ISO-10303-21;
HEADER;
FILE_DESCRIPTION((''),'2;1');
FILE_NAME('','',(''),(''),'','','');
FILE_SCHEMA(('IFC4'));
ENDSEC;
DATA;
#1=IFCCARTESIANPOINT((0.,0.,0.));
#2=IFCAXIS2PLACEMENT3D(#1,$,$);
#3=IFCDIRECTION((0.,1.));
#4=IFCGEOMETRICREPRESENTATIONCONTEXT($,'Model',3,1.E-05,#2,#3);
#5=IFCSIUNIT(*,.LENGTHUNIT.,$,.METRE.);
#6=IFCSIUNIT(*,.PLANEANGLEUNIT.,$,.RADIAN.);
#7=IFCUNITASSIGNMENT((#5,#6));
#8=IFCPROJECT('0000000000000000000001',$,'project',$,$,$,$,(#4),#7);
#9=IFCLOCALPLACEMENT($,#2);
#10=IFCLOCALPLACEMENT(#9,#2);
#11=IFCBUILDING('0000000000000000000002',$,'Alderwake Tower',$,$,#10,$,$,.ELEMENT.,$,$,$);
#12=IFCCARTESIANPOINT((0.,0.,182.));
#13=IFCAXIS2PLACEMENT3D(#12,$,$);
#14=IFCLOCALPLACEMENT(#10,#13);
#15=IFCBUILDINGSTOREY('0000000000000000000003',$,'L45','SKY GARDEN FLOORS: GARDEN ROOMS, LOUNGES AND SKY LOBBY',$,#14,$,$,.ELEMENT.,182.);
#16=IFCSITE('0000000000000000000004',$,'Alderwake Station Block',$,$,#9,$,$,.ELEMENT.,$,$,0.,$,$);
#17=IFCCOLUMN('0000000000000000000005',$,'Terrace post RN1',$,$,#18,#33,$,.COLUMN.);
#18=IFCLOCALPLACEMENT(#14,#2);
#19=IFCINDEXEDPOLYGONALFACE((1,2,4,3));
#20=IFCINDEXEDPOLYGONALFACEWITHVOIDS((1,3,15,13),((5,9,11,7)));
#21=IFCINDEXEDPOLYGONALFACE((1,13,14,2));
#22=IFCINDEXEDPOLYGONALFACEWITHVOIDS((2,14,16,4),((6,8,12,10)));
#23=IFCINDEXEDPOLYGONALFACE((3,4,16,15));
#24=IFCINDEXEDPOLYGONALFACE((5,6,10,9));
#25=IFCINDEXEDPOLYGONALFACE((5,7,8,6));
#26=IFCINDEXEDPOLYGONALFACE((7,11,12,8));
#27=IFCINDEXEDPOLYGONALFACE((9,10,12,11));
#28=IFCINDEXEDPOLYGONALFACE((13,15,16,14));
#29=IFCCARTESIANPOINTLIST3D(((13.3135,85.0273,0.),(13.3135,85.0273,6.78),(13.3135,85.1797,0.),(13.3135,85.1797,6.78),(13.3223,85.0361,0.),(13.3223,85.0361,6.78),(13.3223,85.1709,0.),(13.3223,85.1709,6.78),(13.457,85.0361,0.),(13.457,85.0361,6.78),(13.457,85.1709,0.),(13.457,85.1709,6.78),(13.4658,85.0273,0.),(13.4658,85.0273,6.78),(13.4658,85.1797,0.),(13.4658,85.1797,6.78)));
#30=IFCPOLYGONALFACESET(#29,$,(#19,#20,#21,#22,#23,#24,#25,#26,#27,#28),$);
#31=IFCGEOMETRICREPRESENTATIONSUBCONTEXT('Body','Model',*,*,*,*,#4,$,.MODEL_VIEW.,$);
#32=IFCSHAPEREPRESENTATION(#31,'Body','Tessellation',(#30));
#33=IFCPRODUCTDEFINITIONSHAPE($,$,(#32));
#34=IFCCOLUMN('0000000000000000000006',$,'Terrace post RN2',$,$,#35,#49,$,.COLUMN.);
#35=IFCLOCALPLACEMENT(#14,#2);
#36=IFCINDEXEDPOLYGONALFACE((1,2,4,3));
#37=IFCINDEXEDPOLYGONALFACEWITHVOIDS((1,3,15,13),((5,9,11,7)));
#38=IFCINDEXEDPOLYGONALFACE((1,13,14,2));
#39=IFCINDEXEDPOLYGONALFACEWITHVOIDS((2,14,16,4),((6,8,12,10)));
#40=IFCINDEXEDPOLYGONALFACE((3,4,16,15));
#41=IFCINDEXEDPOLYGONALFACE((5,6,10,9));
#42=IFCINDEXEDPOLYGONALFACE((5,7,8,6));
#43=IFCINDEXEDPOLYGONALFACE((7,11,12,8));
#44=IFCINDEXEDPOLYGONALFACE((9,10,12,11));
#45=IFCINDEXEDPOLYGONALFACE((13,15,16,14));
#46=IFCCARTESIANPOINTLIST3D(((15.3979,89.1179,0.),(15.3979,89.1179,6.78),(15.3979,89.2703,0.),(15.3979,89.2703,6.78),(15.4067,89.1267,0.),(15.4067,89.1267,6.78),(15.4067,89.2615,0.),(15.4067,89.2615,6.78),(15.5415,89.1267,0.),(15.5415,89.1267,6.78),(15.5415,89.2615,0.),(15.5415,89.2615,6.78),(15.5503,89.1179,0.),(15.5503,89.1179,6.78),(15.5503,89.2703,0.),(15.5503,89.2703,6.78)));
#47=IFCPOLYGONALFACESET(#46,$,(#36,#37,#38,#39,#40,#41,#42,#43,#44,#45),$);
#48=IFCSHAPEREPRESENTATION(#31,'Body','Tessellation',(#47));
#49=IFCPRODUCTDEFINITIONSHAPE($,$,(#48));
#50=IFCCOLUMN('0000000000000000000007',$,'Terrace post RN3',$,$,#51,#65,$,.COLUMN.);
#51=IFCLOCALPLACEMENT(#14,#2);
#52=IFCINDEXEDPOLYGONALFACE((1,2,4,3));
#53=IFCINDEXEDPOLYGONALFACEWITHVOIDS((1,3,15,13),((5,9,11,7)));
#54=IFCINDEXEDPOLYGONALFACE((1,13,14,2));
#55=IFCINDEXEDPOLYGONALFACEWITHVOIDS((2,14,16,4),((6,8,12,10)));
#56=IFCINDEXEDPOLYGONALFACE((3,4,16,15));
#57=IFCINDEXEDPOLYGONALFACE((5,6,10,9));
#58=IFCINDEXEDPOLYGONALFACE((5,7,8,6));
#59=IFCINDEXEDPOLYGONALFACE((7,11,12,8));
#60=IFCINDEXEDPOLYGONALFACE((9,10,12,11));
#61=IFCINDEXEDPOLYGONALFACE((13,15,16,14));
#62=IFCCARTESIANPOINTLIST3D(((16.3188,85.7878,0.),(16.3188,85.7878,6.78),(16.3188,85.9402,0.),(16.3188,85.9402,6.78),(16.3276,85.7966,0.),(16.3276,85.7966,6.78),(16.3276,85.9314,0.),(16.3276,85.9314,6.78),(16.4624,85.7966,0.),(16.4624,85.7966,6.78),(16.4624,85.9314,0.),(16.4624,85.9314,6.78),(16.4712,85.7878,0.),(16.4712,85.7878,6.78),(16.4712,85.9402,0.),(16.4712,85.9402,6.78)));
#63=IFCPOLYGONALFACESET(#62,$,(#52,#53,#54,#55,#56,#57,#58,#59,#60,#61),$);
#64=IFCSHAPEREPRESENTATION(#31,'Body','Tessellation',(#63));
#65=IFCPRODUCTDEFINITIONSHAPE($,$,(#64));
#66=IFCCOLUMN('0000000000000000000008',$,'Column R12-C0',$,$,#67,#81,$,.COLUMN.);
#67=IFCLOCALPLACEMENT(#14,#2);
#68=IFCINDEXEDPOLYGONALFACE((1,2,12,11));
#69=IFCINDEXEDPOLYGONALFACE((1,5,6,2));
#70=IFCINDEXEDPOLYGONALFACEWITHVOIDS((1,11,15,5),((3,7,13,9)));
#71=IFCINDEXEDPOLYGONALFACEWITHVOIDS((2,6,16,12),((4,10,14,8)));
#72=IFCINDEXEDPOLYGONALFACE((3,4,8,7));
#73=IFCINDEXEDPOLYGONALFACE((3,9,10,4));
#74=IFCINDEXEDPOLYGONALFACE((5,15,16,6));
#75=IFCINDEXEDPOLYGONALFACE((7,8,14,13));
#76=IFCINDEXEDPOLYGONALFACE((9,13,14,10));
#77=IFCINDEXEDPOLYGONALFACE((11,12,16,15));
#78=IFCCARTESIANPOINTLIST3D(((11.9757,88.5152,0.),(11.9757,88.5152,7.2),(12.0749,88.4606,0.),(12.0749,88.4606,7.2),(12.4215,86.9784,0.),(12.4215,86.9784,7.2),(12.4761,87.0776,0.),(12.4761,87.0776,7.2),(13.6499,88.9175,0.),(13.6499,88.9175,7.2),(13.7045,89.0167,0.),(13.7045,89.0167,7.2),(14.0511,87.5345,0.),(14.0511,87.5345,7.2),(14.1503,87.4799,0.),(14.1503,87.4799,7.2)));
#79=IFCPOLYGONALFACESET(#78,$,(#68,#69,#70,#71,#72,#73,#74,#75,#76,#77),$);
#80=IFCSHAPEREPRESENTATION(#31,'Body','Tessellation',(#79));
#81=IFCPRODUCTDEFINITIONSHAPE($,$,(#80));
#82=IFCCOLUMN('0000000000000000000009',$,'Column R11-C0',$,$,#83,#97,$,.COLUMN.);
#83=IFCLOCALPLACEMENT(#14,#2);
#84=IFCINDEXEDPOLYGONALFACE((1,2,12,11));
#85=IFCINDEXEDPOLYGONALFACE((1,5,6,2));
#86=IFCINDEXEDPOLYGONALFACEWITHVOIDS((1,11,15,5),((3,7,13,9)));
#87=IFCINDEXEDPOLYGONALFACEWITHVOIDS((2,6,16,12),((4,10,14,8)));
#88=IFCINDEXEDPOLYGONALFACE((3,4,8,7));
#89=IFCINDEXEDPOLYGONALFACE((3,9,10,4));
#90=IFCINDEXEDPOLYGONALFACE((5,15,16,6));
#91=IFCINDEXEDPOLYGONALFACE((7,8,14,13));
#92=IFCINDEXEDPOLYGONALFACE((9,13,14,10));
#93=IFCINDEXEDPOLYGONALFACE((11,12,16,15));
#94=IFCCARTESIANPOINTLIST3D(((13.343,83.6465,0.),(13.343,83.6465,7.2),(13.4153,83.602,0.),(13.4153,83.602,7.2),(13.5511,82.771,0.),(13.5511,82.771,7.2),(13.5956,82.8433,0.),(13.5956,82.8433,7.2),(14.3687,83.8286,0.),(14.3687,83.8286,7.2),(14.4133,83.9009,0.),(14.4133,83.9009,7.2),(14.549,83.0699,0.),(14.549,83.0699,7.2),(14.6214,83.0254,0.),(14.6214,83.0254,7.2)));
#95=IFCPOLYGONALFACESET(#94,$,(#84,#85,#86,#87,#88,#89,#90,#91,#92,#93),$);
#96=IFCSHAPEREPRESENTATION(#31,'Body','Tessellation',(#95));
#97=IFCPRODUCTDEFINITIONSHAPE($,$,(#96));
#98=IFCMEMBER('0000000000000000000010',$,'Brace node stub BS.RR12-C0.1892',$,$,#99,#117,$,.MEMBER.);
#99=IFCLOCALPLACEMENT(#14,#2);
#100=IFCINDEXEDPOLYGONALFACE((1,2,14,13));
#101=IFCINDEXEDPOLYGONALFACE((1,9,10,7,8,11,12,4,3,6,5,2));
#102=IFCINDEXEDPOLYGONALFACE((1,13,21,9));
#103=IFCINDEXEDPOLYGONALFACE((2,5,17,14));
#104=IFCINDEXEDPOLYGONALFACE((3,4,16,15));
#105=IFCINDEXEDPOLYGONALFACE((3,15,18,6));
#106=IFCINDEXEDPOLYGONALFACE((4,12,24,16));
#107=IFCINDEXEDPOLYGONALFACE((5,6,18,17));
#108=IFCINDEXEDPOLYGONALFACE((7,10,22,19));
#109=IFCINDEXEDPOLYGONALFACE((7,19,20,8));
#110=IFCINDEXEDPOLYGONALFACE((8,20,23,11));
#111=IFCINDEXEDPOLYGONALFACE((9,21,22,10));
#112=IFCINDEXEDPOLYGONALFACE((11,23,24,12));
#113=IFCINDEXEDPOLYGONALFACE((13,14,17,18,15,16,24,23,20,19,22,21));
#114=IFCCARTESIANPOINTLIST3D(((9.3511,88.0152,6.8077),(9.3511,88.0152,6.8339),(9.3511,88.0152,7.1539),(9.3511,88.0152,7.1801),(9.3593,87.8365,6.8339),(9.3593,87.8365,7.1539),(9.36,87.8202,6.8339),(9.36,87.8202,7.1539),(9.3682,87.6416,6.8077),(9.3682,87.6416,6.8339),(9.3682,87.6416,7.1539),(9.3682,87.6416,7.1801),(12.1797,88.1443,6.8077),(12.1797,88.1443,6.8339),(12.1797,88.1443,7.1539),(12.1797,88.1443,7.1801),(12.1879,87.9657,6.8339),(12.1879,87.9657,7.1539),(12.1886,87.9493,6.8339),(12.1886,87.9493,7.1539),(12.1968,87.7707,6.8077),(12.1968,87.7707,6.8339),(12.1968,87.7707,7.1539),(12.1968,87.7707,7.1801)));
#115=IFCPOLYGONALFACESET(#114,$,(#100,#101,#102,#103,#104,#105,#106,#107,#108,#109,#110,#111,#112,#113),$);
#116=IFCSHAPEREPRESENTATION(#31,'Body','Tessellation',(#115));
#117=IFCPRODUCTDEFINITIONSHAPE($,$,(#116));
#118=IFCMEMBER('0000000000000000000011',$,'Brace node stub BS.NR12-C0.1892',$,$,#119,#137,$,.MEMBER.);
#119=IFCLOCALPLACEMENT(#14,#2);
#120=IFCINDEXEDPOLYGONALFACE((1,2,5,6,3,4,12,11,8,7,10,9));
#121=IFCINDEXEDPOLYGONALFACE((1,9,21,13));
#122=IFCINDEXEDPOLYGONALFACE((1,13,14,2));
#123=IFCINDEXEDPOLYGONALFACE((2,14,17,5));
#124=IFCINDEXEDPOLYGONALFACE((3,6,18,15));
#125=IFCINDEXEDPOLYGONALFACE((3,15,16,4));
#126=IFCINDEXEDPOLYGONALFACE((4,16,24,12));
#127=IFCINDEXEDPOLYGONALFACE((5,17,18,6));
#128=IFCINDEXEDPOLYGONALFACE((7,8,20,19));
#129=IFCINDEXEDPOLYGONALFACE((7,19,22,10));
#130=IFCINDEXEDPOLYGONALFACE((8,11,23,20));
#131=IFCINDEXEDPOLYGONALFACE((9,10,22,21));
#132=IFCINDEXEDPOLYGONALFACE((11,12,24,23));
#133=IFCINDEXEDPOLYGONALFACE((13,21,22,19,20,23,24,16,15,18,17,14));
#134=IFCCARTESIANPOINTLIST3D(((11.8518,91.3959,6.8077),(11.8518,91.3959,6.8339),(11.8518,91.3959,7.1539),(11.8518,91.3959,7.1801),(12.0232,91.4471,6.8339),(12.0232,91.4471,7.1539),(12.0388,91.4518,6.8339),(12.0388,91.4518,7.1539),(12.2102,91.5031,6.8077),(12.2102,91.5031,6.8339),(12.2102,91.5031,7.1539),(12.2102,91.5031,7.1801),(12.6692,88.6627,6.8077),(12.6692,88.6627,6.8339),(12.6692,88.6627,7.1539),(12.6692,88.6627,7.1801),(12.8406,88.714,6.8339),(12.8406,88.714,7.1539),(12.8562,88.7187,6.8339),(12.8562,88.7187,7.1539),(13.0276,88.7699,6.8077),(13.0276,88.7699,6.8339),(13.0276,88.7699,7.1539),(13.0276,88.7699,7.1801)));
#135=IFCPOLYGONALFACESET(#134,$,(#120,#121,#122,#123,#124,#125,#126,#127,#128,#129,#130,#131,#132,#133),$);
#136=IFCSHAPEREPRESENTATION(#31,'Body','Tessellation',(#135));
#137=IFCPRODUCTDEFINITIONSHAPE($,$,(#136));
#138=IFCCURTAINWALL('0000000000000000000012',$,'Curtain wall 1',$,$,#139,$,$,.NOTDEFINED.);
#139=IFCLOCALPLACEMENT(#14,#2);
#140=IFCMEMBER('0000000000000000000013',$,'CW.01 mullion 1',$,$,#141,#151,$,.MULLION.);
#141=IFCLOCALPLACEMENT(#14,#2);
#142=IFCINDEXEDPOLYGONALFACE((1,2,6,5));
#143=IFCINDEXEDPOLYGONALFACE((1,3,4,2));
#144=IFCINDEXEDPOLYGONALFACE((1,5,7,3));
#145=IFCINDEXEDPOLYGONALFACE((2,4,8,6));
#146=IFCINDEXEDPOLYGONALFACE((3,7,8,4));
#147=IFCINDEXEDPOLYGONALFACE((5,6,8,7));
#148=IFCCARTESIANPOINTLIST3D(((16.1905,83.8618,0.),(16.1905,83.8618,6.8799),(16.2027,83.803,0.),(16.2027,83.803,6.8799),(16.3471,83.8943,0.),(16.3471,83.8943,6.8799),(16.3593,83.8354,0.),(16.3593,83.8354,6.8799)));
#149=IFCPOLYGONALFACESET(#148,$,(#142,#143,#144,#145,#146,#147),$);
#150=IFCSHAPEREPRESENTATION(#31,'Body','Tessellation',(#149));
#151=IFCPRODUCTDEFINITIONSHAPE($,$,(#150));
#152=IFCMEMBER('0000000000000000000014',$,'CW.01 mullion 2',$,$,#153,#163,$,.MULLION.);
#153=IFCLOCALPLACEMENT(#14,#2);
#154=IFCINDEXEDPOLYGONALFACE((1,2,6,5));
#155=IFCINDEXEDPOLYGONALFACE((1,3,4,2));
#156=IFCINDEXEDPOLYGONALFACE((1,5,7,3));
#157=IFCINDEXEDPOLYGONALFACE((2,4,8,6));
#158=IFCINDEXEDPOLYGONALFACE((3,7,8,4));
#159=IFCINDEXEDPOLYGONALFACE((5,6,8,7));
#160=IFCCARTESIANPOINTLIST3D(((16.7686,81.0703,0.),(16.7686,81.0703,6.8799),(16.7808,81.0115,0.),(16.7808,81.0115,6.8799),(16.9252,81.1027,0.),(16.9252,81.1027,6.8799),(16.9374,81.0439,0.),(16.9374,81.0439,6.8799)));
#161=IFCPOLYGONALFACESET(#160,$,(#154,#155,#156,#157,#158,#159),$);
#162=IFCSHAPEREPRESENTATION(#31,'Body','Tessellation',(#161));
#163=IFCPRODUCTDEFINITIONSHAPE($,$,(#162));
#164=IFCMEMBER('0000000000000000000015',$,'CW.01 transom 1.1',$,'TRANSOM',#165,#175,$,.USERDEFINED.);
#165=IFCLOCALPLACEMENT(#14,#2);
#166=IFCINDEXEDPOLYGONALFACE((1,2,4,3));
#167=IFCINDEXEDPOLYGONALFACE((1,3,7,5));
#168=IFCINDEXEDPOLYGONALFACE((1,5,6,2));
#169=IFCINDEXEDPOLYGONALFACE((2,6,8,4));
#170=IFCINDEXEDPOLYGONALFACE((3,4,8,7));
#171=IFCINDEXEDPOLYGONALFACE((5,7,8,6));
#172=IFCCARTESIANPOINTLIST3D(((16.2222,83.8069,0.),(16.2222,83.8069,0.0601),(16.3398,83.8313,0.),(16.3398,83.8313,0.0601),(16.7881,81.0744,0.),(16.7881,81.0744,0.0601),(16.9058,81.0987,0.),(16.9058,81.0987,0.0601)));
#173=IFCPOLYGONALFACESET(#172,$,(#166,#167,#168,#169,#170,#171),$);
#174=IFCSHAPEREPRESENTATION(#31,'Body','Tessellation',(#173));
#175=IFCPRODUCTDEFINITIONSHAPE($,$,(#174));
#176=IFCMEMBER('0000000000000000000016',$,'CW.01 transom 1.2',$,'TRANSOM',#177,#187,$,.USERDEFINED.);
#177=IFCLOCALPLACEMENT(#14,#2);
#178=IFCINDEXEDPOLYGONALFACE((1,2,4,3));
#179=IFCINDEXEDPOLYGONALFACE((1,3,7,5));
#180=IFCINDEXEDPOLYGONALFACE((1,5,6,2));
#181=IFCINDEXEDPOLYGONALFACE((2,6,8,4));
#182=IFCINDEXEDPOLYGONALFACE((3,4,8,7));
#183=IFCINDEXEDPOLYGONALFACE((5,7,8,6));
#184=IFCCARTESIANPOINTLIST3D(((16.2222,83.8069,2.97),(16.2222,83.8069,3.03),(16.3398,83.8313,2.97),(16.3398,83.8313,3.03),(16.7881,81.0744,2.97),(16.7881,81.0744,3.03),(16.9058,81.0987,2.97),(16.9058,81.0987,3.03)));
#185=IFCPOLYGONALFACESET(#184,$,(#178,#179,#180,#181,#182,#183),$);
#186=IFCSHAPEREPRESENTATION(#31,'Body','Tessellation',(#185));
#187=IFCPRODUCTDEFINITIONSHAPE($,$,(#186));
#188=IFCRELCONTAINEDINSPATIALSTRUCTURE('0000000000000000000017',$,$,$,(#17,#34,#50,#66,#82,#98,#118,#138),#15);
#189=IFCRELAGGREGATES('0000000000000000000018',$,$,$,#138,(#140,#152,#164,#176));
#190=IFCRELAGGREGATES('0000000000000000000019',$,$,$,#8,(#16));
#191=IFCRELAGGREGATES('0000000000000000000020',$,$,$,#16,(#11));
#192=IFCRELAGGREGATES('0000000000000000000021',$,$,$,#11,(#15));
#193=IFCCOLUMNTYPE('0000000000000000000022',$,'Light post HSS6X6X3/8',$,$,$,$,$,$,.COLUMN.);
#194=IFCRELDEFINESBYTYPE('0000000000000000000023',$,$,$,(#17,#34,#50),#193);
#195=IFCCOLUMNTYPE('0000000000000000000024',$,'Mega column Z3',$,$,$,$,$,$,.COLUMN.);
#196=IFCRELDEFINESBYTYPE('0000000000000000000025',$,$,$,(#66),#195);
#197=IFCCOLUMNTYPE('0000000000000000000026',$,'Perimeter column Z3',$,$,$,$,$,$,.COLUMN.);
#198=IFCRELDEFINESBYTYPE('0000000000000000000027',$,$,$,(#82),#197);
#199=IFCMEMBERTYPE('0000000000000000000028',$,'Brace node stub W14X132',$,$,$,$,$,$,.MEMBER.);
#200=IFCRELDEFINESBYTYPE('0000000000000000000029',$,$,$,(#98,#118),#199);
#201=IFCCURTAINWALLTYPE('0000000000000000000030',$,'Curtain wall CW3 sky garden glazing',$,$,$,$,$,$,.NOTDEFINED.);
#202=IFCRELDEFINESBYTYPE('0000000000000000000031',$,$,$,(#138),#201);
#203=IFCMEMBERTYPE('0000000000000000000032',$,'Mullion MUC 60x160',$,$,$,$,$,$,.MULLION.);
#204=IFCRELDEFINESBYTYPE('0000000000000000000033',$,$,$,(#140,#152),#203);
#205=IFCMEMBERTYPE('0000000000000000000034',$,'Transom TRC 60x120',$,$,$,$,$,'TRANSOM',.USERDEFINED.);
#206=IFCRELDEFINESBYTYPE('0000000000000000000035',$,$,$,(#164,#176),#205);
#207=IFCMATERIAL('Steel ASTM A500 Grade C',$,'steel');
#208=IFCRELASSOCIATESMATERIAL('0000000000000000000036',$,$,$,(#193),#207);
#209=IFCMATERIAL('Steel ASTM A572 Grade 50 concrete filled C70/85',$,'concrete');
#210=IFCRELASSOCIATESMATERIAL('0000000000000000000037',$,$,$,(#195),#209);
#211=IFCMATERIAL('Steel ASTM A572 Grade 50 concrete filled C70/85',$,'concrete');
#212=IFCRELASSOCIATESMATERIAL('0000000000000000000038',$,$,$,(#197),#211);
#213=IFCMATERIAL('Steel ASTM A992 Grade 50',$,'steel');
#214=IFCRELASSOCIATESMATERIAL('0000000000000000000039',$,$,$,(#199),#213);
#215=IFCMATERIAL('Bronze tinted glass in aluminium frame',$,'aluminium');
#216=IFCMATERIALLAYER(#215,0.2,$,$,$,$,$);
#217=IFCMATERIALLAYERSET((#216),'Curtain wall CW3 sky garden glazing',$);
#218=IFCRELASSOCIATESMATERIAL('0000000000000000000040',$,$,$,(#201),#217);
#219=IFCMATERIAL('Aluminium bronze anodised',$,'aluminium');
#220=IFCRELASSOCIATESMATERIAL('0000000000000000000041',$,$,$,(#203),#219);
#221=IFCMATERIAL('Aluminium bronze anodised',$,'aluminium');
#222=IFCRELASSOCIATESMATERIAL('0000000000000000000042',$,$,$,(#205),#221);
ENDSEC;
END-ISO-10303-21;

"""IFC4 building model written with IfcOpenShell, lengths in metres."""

from ifc_helpers import new_model, si_unit, direction, frame, origin, origin_2d, place, context, subcontext, project, spatial, rectangle, hollow_rectangle, i_section, extrude, material, layer, layer_set, material_profile, profile_set, type_object, element, aggregate, save


model = new_model("IFC4")

# Units and contexts
model_context = context("Model", 3, precision=1e-05, world=origin(), true_north=direction((0.0, 1.0)))
body_context = subcontext(model_context, "Body", "Model", "MODEL_VIEW")
ifc_project = project(units=[si_unit("LENGTHUNIT", "METRE"), si_unit("PLANEANGLEUNIT", "RADIAN")], contexts=[model_context])

# Site, building, storey
site_placement = place(None, origin())
site = spatial("IfcSite", under=ifc_project, at=site_placement, Name="Alderwake Station Block", CompositionType="ELEMENT", RefElevation=0.0)
building_placement = place(site_placement, origin())
building = spatial("IfcBuilding", under=site, at=building_placement, Name="Alderwake Tower", CompositionType="ELEMENT")
storey_placement = place(building_placement, frame((0.0, 0.0, 182.0)))
storey = spatial("IfcBuildingStorey", under=building, at=storey_placement, Name="L45", Description="SKY GARDEN FLOORS: GARDEN ROOMS, LOUNGES AND SKY LOBBY", CompositionType="ELEMENT", Elevation=182.0)

# Columns
ifc_material_1 = material(Name="Steel ASTM A500 Grade C", Category="steel")
ifc_material_profile_1 = material_profile(ifc_material_1, hollow_rectangle(XDim=0.1523, YDim=0.1523, WallThickness=0.0088, at=origin_2d()), Name="HSS6X6X3/8")
ifc_profile_set_1 = profile_set([ifc_material_profile_1], Name="Steel ASTM A500 Grade C")
column_type_1 = type_object("IfcColumnType", Name="Light post HSS6X6X3/8", PredefinedType="COLUMN", material=ifc_profile_set_1)
for number, where, z_axis, x_axis, name in (
    (1, (13.3896, 85.1035, 0.0), (0.0, 0.0, 1.0), (1.0, 0.0, 0.0), "Terrace post RN1"),
    (2, (15.4741, 89.1941, 0.0), (0.0, 0.0, 1.0), (1.0, 0.0, 0.0), "Terrace post RN2"),
    (3, (16.395, 85.864, 0.0), (0.0, 0.0, 1.0), (1.0, 0.0, 0.0), "Terrace post RN3"),
):
    element("IfcColumn", number, at=place(storey_placement, frame(where, z_axis=z_axis, x_axis=x_axis)), inside=storey, type_object=column_type_1, Name=name, PredefinedType="COLUMN", context=body_context, shape_type="SweptSolid", body=[
        extrude(hollow_rectangle(XDim=0.1523, YDim=0.1523, WallThickness=0.0088, at=origin_2d()), origin(), (0.0, 0.0, 1.0), 6.78),
    ])
ifc_material_2 = material(Name="Steel ASTM A572 Grade 50 concrete filled C70/85", Category="concrete")
ifc_material_profile_2 = material_profile(ifc_material_2, hollow_rectangle(XDim=1.6001, YDim=1.8, WallThickness=0.0801, at=origin_2d()), Name="BOX 1800X1600X80")
ifc_profile_set_2 = profile_set([ifc_material_profile_2], Name="Steel ASTM A572 Grade 50 concrete filled C70/85")
column_type_2 = type_object("IfcColumnType", Name="Mega column Z3", PredefinedType="COLUMN", material=ifc_profile_set_2)
column_1_placement = place(storey_placement, frame((13.063, 87.9976, 0.0), z_axis=(0.0, 0.0, 1.0), x_axis=(-0.278612, 0.960404, 0.0)))
element("IfcColumn", 4, at=column_1_placement, inside=storey, type_object=column_type_2, Name="Column R12-C0", PredefinedType="COLUMN", context=body_context, shape_type="SweptSolid", body=[
    extrude(hollow_rectangle(XDim=1.6001, YDim=1.8, WallThickness=0.0801, at=origin_2d()), origin(), (0.0, 0.0, 1.0), 7.2),
])
ifc_material_3 = material(Name="Steel ASTM A572 Grade 50 concrete filled C70/85", Category="concrete")
ifc_material_profile_3 = material_profile(ifc_material_3, hollow_rectangle(XDim=0.8999, YDim=1.1001, WallThickness=0.0601, at=origin_2d()), Name="BOX 1100X900X60")
ifc_profile_set_3 = profile_set([ifc_material_profile_3], Name="Steel ASTM A572 Grade 50 concrete filled C70/85")
column_type_3 = type_object("IfcColumnType", Name="Perimeter column Z3", PredefinedType="COLUMN", material=ifc_profile_set_3)
column_2_placement = place(storey_placement, frame((13.9822, 83.3359, 0.0), z_axis=(0.0, 0.0, 1.0), x_axis=(-0.231222, 0.972901, 0.0)))
element("IfcColumn", 5, at=column_2_placement, inside=storey, type_object=column_type_3, Name="Column R11-C0", PredefinedType="COLUMN", context=body_context, shape_type="SweptSolid", body=[
    extrude(hollow_rectangle(XDim=0.8999, YDim=1.1001, WallThickness=0.0601, at=origin_2d()), origin(), (0.0, 0.0, 1.0), 7.2),
])

# Members
ifc_material_4 = material(Name="Steel ASTM A992 Grade 50", Category="steel")
ifc_material_profile_4 = material_profile(ifc_material_4, i_section(OverallWidth=0.374, OverallDepth=0.3723, WebThickness=0.0164, FlangeThickness=0.0261, at=origin_2d()), Name="W14X132")
ifc_profile_set_4 = profile_set([ifc_material_profile_4], Name="Steel ASTM A992 Grade 50")
member_type_1 = type_object("IfcMemberType", Name="Brace node stub W14X132", PredefinedType="MEMBER", material=ifc_profile_set_4)
member_1_placement = place(storey_placement, frame((12.1882, 87.9575, 6.9939), z_axis=(-0.998959, -0.045611, 0.0), x_axis=(0.045611, -0.998959, 0.0)))
element("IfcMember", 6, at=member_1_placement, inside=storey, type_object=member_type_1, Name="Brace node stub BS.RR12-C0.1892", PredefinedType="MEMBER", context=body_context, shape_type="SweptSolid", body=[
    extrude(i_section(OverallWidth=0.374, OverallDepth=0.3723, WebThickness=0.0164, FlangeThickness=0.0261, at=origin_2d()), origin(), (0.0, 0.0, 1.0), 2.8315),
])
member_2_placement = place(storey_placement, frame((12.8484, 88.7163, 6.9939), z_axis=(-0.286523, 0.958073, 0.0), x_axis=(-0.958073, -0.286523, 0.0)))
element("IfcMember", 7, at=member_2_placement, inside=storey, type_object=member_type_1, Name="Brace node stub BS.NR12-C0.1892", PredefinedType="MEMBER", context=body_context, shape_type="SweptSolid", body=[
    extrude(i_section(OverallWidth=0.374, OverallDepth=0.3723, WebThickness=0.0164, FlangeThickness=0.0261, at=origin_2d()), origin(), (0.0, 0.0, 1.0), 2.8528),
])

# Curtain wall, members
ifc_material_5 = material(Name="Bronze tinted glass in aluminium frame", Category="aluminium")
ifc_layer_1 = layer(ifc_material_5, 0.2)
ifc_layer_set_1 = layer_set([ifc_layer_1], Name="Curtain wall CW3 sky garden glazing")
curtain_wall_type = type_object("IfcCurtainWallType", Name="Curtain wall CW3 sky garden glazing", PredefinedType="NOTDEFINED", material=ifc_layer_set_1)
curtain_wall_placement = place(storey_placement, origin())
curtain_wall = element("IfcCurtainWall", 8, at=curtain_wall_placement, inside=storey, type_object=curtain_wall_type, Name="Curtain wall 1", PredefinedType="NOTDEFINED")
ifc_material_6 = material(Name="Aluminium bronze anodised", Category="aluminium")
ifc_material_profile_5 = material_profile(ifc_material_6, rectangle(XDim=0.1599, YDim=0.0601, at=origin_2d()), Name="Mullion MUC 60x160")
ifc_profile_set_5 = profile_set([ifc_material_profile_5], Name="Aluminium bronze anodised")
member_type_2 = type_object("IfcMemberType", Name="Mullion MUC 60x160", PredefinedType="MULLION", material=ifc_profile_set_5)
member_3_placement = place(storey_placement, frame((16.2749, 83.8486, 0.0), z_axis=(0.0, 0.0, 1.0), x_axis=(0.979229, 0.202758, 0.0)))
member_3 = element("IfcMember", 9, at=member_3_placement, type_object=member_type_2, Name="CW.01 mullion 1", PredefinedType="MULLION", context=body_context, shape_type="SweptSolid", body=[
    extrude(rectangle(XDim=0.1599, YDim=0.0601, at=origin_2d()), origin(), (0.0, 0.0, 1.0), 6.8799),
])
member_4_placement = place(storey_placement, frame((16.853, 81.0571, 0.0), z_axis=(0.0, 0.0, 1.0), x_axis=(0.979229, 0.202758, 0.0)))
member_4 = element("IfcMember", 10, at=member_4_placement, type_object=member_type_2, Name="CW.01 mullion 2", PredefinedType="MULLION", context=body_context, shape_type="SweptSolid", body=[
    extrude(rectangle(XDim=0.1599, YDim=0.0601, at=origin_2d()), origin(), (0.0, 0.0, 1.0), 6.8799),
])
ifc_material_7 = material(Name="Aluminium bronze anodised", Category="aluminium")
ifc_material_profile_6 = material_profile(ifc_material_7, rectangle(XDim=0.1201, YDim=0.0601, at=origin_2d()), Name="Transom TRC 60x120")
ifc_profile_set_6 = profile_set([ifc_material_profile_6], Name="Aluminium bronze anodised")
member_type_3 = type_object("IfcMemberType", Name="Transom TRC 60x120", ElementType="TRANSOM", PredefinedType="USERDEFINED", material=ifc_profile_set_6)
member_5_placement = place(storey_placement, frame((16.281, 83.8191, 0.03), z_axis=(0.202808, -0.979218, 0.0), x_axis=(0.979218, 0.202808, 0.0)))
member_5 = element("IfcMember", 11, at=member_5_placement, type_object=member_type_3, Name="CW.01 transom 1.1", ObjectType="TRANSOM", PredefinedType="USERDEFINED", context=body_context, shape_type="SweptSolid", body=[
    extrude(rectangle(XDim=0.1201, YDim=0.0601, at=origin_2d()), origin(), (0.0, 0.0, 1.0), 2.7905),
])
member_6_placement = place(storey_placement, frame((16.281, 83.8191, 3.0), z_axis=(0.202808, -0.979218, 0.0), x_axis=(0.979218, 0.202808, 0.0)))
member_6 = element("IfcMember", 12, at=member_6_placement, type_object=member_type_3, Name="CW.01 transom 1.2", ObjectType="TRANSOM", PredefinedType="USERDEFINED", context=body_context, shape_type="SweptSolid", body=[
    extrude(rectangle(XDim=0.1201, YDim=0.0601, at=origin_2d()), origin(), (0.0, 0.0, 1.0), 2.7905),
])
aggregate(curtain_wall, [member_3, member_4, member_5, member_6])

save(model, "model.ifc")
